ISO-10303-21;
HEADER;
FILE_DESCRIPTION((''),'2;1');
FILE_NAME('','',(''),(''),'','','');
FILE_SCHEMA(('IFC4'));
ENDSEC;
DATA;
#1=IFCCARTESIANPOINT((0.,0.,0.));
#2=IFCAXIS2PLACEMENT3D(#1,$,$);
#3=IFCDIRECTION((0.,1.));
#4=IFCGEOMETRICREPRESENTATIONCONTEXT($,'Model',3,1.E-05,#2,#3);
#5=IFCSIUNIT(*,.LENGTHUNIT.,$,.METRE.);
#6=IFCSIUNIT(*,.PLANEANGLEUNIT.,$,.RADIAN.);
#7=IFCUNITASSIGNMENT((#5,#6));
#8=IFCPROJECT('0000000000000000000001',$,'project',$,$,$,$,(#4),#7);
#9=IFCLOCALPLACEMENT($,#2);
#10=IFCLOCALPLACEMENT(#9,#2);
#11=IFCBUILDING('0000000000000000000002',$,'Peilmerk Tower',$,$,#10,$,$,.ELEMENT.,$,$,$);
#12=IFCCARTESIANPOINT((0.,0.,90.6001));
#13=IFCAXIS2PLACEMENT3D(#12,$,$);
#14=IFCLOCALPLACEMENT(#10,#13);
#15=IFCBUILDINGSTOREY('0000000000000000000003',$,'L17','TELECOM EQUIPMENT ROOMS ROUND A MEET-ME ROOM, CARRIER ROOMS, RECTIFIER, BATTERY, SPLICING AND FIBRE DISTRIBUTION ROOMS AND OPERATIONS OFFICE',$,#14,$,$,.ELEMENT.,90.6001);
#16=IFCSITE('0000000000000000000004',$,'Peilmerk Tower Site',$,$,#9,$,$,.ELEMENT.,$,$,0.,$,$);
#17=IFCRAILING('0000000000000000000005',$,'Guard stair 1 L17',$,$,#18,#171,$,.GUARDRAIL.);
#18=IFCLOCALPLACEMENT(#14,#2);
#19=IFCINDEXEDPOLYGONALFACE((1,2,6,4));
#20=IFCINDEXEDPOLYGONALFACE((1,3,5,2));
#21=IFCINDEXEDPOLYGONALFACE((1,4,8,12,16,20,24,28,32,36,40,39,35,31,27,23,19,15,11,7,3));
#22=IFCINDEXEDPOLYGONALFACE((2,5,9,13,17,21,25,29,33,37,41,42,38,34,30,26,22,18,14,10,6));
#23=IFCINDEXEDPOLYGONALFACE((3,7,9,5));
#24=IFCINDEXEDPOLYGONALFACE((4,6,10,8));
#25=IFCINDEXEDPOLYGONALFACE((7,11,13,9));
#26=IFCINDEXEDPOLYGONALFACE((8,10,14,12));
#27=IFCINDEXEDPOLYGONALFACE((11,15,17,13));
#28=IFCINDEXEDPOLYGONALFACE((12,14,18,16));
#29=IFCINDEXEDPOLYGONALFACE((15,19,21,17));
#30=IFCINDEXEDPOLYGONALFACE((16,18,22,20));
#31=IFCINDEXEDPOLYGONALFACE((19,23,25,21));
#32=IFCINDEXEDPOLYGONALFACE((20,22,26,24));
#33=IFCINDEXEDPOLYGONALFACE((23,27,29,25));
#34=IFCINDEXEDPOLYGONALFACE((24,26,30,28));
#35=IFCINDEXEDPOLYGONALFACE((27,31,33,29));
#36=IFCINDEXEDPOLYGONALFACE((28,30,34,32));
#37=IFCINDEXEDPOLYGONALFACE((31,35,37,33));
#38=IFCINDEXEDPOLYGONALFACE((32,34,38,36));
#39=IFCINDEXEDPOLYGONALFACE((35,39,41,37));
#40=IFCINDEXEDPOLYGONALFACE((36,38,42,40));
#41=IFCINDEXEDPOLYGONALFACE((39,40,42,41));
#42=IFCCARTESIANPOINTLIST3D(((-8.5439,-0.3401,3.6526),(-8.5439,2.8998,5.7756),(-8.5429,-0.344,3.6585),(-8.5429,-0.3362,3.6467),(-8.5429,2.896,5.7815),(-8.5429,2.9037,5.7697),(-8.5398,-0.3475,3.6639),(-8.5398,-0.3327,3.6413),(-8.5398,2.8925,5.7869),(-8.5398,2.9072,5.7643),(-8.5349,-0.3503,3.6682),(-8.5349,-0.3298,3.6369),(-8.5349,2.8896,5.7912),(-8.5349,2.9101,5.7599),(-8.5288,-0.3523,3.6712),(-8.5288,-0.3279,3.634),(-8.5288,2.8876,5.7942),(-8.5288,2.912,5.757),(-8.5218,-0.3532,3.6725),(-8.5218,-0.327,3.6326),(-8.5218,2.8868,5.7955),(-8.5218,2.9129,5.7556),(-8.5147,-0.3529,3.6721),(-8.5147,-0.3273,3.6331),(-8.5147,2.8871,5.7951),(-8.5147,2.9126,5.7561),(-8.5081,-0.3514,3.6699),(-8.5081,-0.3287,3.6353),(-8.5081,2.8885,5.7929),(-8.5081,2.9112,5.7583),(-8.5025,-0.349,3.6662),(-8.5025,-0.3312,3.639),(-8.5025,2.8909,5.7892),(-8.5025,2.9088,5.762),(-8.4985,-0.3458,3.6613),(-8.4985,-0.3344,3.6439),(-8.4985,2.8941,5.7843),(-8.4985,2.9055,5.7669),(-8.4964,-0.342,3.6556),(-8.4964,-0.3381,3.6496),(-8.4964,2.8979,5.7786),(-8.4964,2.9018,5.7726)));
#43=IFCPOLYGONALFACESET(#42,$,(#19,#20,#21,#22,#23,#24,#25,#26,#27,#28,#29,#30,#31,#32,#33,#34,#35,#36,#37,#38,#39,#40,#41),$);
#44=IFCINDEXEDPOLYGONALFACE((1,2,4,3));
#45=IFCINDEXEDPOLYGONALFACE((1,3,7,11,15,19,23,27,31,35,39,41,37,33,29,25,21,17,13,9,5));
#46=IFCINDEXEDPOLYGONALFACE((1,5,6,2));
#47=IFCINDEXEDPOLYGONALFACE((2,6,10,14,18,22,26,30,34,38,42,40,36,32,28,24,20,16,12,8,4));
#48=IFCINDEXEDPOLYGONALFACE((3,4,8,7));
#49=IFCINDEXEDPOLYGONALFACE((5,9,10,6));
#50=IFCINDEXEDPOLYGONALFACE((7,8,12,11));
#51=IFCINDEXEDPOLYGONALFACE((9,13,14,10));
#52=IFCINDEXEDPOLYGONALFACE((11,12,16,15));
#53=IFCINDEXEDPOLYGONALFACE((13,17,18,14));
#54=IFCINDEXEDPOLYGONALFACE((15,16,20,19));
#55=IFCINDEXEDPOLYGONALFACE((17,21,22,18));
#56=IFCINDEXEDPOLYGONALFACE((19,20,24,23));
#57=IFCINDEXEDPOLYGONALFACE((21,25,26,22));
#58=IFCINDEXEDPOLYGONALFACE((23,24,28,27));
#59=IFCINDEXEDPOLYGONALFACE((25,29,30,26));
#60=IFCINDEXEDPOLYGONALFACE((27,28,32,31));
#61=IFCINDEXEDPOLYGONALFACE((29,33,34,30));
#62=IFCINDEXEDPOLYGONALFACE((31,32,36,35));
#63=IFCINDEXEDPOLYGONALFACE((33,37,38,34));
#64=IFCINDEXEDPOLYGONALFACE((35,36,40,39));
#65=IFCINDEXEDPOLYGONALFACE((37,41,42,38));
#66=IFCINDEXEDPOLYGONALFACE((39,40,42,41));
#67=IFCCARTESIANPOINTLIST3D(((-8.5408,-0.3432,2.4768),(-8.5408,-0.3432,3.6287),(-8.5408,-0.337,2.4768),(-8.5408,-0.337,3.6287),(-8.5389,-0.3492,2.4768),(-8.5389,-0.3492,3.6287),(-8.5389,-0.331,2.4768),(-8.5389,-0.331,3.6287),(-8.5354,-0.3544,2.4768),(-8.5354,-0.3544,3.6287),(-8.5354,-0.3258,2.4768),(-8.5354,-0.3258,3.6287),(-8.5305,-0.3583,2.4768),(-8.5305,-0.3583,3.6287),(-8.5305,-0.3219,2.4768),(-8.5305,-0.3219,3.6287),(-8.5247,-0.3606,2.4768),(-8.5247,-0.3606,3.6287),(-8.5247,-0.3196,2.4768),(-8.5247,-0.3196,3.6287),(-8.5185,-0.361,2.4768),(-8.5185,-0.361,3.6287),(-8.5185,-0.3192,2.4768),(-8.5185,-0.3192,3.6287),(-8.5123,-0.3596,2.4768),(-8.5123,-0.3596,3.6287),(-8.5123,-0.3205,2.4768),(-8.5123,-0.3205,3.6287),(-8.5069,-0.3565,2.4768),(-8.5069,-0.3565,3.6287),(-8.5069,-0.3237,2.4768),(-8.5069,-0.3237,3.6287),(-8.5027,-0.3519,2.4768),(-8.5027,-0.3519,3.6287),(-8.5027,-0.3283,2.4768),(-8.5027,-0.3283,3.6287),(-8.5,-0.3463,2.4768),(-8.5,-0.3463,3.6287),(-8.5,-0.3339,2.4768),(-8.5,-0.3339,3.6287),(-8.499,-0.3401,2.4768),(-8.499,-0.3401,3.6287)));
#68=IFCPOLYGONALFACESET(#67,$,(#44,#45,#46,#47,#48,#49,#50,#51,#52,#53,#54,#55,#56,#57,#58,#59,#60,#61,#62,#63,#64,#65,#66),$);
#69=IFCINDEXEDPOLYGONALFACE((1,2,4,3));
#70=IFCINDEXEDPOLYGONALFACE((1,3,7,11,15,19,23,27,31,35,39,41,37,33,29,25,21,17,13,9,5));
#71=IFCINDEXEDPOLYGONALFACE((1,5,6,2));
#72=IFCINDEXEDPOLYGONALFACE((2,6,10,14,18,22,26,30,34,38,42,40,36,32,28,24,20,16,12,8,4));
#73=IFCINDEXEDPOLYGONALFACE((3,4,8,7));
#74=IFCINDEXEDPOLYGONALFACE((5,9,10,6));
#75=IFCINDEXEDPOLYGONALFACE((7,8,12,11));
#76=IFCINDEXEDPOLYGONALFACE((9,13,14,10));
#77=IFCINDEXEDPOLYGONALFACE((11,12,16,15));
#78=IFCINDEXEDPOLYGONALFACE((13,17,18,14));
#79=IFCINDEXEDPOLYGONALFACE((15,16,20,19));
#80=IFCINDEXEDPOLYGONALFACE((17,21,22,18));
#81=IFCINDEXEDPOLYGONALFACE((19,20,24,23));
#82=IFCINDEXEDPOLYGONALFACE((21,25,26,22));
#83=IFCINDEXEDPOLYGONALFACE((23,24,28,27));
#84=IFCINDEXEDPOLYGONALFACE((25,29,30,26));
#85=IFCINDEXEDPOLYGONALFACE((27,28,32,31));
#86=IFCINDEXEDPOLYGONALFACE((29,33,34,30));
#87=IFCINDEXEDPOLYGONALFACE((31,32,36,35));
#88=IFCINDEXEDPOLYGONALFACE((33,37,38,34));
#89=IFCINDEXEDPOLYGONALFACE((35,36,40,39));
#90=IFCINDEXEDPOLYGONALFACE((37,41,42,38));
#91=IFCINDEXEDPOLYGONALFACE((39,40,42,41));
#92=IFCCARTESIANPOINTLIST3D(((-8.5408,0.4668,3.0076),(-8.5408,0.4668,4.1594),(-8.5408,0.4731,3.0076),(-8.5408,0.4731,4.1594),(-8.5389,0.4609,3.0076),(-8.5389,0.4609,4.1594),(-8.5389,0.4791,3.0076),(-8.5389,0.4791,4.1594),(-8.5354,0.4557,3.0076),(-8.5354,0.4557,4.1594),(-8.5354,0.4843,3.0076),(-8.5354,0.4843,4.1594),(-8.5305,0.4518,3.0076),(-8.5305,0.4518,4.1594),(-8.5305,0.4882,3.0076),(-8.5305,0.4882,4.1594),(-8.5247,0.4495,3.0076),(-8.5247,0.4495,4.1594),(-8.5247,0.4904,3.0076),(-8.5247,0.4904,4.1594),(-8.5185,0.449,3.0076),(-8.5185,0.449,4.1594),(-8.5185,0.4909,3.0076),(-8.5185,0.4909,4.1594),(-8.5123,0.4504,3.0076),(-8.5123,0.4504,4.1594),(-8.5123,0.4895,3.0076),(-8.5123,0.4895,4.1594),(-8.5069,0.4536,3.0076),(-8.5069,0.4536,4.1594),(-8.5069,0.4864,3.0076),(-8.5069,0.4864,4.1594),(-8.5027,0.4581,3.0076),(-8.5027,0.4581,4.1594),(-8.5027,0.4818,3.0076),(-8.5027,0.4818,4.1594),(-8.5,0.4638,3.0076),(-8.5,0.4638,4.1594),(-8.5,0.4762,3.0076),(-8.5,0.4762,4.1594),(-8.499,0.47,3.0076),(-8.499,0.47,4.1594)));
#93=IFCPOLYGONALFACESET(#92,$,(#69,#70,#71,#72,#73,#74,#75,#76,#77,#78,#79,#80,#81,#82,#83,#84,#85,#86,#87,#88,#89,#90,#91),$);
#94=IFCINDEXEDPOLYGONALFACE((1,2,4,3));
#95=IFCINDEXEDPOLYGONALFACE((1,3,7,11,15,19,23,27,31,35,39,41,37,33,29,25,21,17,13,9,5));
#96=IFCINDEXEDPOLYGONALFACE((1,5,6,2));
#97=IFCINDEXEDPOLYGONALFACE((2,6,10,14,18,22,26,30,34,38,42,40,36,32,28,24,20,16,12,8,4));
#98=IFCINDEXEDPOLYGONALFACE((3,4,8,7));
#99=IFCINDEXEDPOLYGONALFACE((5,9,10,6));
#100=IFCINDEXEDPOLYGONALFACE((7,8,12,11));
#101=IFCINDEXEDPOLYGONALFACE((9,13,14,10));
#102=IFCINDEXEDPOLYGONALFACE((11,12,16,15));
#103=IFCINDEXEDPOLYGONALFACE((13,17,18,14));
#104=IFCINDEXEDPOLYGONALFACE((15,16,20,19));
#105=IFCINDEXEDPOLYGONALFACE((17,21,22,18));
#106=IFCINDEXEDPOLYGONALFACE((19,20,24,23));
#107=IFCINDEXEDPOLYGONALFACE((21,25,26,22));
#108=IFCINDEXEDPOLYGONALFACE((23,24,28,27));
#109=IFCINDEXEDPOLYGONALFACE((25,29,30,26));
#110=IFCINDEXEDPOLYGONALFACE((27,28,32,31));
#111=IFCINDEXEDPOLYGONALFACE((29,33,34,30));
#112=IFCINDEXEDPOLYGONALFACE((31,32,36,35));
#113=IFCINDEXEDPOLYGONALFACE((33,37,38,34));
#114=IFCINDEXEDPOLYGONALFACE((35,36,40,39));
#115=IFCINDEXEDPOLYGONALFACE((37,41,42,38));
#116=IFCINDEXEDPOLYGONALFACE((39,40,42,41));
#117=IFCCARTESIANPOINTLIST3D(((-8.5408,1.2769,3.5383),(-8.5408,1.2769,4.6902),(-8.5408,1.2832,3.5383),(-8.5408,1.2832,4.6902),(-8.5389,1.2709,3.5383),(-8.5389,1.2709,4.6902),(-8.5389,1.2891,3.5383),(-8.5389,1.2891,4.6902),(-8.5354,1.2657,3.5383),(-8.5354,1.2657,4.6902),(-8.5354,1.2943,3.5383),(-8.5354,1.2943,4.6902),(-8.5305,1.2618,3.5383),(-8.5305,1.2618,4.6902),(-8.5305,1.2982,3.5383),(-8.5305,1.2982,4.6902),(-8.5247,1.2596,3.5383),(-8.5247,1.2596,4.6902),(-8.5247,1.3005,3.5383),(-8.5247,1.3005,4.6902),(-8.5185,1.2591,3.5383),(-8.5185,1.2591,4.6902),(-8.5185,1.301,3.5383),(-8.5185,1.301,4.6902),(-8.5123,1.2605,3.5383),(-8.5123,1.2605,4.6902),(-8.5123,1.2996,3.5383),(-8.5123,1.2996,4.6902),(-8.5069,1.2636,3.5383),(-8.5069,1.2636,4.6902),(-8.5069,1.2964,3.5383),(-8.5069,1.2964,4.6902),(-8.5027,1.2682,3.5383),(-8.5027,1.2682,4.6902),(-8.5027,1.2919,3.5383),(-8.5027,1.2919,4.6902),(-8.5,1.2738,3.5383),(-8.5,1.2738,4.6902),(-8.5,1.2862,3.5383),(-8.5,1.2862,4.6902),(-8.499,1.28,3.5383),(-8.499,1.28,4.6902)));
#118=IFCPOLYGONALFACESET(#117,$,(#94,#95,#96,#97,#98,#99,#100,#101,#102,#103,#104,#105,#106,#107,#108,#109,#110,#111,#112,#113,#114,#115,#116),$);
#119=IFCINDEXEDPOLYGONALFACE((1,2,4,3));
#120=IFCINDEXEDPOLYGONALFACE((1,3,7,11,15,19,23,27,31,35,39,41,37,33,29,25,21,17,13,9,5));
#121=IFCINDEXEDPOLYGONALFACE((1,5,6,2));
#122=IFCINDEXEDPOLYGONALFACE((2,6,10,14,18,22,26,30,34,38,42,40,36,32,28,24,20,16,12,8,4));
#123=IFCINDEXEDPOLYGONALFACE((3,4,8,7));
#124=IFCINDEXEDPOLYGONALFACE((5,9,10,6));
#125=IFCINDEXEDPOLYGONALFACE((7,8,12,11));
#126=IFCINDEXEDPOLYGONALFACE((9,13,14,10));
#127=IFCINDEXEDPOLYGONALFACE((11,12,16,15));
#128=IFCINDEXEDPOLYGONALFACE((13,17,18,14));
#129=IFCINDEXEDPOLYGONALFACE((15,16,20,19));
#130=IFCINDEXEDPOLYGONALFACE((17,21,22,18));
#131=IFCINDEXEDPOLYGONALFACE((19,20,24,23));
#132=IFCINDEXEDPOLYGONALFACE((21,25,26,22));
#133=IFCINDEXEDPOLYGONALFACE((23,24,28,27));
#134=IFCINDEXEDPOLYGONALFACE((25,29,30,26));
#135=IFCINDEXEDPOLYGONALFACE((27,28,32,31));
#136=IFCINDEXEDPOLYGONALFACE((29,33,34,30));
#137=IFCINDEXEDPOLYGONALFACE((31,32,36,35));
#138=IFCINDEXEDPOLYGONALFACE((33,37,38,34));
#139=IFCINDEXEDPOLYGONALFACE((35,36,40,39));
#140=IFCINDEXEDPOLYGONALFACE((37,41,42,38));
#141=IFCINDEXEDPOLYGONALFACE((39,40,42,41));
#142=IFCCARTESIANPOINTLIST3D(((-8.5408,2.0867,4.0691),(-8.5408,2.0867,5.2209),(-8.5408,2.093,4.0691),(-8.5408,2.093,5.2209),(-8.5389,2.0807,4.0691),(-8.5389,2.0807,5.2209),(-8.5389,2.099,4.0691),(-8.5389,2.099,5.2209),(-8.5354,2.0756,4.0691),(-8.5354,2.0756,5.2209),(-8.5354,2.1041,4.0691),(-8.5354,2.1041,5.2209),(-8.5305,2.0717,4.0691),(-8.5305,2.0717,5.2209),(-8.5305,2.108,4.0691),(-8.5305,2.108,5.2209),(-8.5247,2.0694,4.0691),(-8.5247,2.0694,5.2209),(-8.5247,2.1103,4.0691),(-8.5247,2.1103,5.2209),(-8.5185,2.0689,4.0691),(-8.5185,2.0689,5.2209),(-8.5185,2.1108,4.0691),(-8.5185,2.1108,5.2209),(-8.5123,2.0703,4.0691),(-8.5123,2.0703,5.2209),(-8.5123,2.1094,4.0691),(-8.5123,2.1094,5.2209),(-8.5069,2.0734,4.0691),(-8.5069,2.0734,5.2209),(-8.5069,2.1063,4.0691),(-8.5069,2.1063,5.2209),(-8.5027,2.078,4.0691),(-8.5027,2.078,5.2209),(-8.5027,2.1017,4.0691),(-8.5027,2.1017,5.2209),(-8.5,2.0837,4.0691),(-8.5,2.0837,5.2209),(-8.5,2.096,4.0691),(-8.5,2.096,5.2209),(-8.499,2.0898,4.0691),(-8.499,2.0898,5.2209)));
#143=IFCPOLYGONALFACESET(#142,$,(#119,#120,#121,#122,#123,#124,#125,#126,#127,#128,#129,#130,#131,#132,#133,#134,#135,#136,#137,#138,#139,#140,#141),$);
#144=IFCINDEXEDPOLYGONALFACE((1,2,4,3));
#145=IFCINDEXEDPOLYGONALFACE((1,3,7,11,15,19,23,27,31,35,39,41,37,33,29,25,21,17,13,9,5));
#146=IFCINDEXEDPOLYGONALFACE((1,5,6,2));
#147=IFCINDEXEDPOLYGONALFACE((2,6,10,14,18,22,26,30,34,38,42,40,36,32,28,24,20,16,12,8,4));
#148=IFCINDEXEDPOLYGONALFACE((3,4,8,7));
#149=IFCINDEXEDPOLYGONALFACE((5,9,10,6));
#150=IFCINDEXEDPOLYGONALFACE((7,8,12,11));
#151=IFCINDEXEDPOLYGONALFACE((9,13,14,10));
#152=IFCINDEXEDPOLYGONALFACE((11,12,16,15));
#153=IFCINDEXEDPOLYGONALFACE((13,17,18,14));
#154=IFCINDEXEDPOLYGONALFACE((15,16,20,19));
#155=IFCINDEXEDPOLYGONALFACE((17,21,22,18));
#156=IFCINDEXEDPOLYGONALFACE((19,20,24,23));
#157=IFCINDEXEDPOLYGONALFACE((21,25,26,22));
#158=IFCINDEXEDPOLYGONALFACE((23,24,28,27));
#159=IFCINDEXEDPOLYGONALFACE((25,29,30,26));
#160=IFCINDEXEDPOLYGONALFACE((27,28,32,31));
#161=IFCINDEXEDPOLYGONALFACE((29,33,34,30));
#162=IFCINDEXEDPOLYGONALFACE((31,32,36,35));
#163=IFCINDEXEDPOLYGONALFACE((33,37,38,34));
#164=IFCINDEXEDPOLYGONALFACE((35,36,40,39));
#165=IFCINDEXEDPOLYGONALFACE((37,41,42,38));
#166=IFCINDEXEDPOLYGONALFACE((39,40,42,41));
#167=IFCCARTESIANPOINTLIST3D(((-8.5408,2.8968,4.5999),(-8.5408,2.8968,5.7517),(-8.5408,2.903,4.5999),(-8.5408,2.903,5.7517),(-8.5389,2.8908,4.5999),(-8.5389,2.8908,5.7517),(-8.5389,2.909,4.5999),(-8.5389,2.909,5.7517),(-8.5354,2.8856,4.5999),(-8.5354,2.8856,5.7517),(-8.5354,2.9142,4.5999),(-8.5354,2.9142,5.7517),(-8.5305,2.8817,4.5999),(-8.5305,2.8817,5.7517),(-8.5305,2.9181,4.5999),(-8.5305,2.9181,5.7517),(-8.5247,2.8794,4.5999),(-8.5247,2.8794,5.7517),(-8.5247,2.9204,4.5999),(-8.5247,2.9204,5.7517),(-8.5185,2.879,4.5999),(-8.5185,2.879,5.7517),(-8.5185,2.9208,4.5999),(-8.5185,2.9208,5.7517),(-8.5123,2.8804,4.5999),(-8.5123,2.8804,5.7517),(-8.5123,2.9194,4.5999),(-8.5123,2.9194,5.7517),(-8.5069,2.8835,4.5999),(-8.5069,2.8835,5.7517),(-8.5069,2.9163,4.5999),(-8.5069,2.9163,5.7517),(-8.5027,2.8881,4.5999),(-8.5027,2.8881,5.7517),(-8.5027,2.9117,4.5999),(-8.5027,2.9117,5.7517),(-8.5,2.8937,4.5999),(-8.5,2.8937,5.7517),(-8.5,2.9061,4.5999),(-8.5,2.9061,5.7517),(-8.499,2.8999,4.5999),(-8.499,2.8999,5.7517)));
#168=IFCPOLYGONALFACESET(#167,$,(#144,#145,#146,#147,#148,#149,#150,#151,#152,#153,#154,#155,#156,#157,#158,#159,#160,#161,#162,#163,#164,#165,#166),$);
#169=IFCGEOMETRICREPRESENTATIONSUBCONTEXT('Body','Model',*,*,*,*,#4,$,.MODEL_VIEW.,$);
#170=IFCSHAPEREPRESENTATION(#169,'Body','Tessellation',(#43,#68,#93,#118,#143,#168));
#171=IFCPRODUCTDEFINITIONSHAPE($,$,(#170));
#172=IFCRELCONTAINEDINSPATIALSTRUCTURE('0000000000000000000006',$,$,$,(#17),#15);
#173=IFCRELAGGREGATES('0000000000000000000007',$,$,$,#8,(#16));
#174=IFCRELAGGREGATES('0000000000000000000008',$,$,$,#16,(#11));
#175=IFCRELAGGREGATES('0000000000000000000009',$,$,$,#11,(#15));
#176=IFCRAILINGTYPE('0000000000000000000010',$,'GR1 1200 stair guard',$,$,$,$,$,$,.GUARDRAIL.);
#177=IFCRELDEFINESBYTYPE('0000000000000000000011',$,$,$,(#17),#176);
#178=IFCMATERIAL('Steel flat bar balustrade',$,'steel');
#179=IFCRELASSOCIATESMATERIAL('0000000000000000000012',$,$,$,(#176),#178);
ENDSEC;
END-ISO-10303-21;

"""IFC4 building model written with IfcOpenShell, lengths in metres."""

from ifc_helpers import new_model, si_unit, direction, frame, origin, origin_2d, place, context, subcontext, project, spatial, circle, extrude, material, type_object, element, save


model = new_model("IFC4")

# Units and contexts
model_context = context("Model", 3, precision=1e-05, world=origin(), true_north=direction((0.0, 1.0)))
body_context = subcontext(model_context, "Body", "Model", "MODEL_VIEW")
ifc_project = project(units=[si_unit("LENGTHUNIT", "METRE"), si_unit("PLANEANGLEUNIT", "RADIAN")], contexts=[model_context])

# Site, building, storey
site_placement = place(None, origin())
site = spatial("IfcSite", under=ifc_project, at=site_placement, Name="Peilmerk Tower Site", CompositionType="ELEMENT", RefElevation=0.0)
building_placement = place(site_placement, origin())
building = spatial("IfcBuilding", under=site, at=building_placement, Name="Peilmerk Tower", CompositionType="ELEMENT")
storey_placement = place(building_placement, frame((0.0, 0.0, 90.6001)))
storey = spatial("IfcBuildingStorey", under=building, at=storey_placement, Name="L17", Description="TELECOM EQUIPMENT ROOMS ROUND A MEET-ME ROOM, CARRIER ROOMS, RECTIFIER, BATTERY, SPLICING AND FIBRE DISTRIBUTION ROOMS AND OPERATIONS OFFICE", CompositionType="ELEMENT", Elevation=90.6001)

# Railing
ifc_material_1 = material(Name="Steel flat bar balustrade", Category="steel")
railing_type_1 = type_object("IfcRailingType", Name="GR1 1200 stair guard", PredefinedType="GUARDRAIL", material=ifc_material_1)
railing_1_placement = place(storey_placement, frame((-8.52, -0.3401, 2.4768)))
element("IfcRailing", 1, at=railing_1_placement, inside=storey, type_object=railing_type_1, Name="Guard stair 1 L17", PredefinedType="GUARDRAIL", context=body_context, shape_type="SweptSolid", body=[
    extrude(circle(Radius=0.0239, at=origin_2d()), frame((0.0, 0.0, 1.1758), z_axis=(0.0, 0.836426, 0.548079), x_axis=(-1.0, 0.0, 0.0)), (0.0, 0.0, 1.0), 3.8735),
    extrude(circle(Radius=0.021, at=origin_2d()), origin(), (0.0, 0.0, 1.0), 1.1519),
    extrude(circle(Radius=0.021, at=origin_2d()), frame((0.0, 0.8101, 0.5308)), (0.0, 0.0, 1.0), 1.1519),
    extrude(circle(Radius=0.021, at=origin_2d()), frame((0.0, 1.6201, 1.0615)), (0.0, 0.0, 1.0), 1.1519),
    extrude(circle(Radius=0.021, at=origin_2d()), frame((0.0, 2.4299, 1.5923)), (0.0, 0.0, 1.0), 1.1519),
    extrude(circle(Radius=0.021, at=origin_2d()), frame((0.0, 3.24, 2.123)), (0.0, 0.0, 1.0), 1.1519),
])

save(model, "model.ifc")
